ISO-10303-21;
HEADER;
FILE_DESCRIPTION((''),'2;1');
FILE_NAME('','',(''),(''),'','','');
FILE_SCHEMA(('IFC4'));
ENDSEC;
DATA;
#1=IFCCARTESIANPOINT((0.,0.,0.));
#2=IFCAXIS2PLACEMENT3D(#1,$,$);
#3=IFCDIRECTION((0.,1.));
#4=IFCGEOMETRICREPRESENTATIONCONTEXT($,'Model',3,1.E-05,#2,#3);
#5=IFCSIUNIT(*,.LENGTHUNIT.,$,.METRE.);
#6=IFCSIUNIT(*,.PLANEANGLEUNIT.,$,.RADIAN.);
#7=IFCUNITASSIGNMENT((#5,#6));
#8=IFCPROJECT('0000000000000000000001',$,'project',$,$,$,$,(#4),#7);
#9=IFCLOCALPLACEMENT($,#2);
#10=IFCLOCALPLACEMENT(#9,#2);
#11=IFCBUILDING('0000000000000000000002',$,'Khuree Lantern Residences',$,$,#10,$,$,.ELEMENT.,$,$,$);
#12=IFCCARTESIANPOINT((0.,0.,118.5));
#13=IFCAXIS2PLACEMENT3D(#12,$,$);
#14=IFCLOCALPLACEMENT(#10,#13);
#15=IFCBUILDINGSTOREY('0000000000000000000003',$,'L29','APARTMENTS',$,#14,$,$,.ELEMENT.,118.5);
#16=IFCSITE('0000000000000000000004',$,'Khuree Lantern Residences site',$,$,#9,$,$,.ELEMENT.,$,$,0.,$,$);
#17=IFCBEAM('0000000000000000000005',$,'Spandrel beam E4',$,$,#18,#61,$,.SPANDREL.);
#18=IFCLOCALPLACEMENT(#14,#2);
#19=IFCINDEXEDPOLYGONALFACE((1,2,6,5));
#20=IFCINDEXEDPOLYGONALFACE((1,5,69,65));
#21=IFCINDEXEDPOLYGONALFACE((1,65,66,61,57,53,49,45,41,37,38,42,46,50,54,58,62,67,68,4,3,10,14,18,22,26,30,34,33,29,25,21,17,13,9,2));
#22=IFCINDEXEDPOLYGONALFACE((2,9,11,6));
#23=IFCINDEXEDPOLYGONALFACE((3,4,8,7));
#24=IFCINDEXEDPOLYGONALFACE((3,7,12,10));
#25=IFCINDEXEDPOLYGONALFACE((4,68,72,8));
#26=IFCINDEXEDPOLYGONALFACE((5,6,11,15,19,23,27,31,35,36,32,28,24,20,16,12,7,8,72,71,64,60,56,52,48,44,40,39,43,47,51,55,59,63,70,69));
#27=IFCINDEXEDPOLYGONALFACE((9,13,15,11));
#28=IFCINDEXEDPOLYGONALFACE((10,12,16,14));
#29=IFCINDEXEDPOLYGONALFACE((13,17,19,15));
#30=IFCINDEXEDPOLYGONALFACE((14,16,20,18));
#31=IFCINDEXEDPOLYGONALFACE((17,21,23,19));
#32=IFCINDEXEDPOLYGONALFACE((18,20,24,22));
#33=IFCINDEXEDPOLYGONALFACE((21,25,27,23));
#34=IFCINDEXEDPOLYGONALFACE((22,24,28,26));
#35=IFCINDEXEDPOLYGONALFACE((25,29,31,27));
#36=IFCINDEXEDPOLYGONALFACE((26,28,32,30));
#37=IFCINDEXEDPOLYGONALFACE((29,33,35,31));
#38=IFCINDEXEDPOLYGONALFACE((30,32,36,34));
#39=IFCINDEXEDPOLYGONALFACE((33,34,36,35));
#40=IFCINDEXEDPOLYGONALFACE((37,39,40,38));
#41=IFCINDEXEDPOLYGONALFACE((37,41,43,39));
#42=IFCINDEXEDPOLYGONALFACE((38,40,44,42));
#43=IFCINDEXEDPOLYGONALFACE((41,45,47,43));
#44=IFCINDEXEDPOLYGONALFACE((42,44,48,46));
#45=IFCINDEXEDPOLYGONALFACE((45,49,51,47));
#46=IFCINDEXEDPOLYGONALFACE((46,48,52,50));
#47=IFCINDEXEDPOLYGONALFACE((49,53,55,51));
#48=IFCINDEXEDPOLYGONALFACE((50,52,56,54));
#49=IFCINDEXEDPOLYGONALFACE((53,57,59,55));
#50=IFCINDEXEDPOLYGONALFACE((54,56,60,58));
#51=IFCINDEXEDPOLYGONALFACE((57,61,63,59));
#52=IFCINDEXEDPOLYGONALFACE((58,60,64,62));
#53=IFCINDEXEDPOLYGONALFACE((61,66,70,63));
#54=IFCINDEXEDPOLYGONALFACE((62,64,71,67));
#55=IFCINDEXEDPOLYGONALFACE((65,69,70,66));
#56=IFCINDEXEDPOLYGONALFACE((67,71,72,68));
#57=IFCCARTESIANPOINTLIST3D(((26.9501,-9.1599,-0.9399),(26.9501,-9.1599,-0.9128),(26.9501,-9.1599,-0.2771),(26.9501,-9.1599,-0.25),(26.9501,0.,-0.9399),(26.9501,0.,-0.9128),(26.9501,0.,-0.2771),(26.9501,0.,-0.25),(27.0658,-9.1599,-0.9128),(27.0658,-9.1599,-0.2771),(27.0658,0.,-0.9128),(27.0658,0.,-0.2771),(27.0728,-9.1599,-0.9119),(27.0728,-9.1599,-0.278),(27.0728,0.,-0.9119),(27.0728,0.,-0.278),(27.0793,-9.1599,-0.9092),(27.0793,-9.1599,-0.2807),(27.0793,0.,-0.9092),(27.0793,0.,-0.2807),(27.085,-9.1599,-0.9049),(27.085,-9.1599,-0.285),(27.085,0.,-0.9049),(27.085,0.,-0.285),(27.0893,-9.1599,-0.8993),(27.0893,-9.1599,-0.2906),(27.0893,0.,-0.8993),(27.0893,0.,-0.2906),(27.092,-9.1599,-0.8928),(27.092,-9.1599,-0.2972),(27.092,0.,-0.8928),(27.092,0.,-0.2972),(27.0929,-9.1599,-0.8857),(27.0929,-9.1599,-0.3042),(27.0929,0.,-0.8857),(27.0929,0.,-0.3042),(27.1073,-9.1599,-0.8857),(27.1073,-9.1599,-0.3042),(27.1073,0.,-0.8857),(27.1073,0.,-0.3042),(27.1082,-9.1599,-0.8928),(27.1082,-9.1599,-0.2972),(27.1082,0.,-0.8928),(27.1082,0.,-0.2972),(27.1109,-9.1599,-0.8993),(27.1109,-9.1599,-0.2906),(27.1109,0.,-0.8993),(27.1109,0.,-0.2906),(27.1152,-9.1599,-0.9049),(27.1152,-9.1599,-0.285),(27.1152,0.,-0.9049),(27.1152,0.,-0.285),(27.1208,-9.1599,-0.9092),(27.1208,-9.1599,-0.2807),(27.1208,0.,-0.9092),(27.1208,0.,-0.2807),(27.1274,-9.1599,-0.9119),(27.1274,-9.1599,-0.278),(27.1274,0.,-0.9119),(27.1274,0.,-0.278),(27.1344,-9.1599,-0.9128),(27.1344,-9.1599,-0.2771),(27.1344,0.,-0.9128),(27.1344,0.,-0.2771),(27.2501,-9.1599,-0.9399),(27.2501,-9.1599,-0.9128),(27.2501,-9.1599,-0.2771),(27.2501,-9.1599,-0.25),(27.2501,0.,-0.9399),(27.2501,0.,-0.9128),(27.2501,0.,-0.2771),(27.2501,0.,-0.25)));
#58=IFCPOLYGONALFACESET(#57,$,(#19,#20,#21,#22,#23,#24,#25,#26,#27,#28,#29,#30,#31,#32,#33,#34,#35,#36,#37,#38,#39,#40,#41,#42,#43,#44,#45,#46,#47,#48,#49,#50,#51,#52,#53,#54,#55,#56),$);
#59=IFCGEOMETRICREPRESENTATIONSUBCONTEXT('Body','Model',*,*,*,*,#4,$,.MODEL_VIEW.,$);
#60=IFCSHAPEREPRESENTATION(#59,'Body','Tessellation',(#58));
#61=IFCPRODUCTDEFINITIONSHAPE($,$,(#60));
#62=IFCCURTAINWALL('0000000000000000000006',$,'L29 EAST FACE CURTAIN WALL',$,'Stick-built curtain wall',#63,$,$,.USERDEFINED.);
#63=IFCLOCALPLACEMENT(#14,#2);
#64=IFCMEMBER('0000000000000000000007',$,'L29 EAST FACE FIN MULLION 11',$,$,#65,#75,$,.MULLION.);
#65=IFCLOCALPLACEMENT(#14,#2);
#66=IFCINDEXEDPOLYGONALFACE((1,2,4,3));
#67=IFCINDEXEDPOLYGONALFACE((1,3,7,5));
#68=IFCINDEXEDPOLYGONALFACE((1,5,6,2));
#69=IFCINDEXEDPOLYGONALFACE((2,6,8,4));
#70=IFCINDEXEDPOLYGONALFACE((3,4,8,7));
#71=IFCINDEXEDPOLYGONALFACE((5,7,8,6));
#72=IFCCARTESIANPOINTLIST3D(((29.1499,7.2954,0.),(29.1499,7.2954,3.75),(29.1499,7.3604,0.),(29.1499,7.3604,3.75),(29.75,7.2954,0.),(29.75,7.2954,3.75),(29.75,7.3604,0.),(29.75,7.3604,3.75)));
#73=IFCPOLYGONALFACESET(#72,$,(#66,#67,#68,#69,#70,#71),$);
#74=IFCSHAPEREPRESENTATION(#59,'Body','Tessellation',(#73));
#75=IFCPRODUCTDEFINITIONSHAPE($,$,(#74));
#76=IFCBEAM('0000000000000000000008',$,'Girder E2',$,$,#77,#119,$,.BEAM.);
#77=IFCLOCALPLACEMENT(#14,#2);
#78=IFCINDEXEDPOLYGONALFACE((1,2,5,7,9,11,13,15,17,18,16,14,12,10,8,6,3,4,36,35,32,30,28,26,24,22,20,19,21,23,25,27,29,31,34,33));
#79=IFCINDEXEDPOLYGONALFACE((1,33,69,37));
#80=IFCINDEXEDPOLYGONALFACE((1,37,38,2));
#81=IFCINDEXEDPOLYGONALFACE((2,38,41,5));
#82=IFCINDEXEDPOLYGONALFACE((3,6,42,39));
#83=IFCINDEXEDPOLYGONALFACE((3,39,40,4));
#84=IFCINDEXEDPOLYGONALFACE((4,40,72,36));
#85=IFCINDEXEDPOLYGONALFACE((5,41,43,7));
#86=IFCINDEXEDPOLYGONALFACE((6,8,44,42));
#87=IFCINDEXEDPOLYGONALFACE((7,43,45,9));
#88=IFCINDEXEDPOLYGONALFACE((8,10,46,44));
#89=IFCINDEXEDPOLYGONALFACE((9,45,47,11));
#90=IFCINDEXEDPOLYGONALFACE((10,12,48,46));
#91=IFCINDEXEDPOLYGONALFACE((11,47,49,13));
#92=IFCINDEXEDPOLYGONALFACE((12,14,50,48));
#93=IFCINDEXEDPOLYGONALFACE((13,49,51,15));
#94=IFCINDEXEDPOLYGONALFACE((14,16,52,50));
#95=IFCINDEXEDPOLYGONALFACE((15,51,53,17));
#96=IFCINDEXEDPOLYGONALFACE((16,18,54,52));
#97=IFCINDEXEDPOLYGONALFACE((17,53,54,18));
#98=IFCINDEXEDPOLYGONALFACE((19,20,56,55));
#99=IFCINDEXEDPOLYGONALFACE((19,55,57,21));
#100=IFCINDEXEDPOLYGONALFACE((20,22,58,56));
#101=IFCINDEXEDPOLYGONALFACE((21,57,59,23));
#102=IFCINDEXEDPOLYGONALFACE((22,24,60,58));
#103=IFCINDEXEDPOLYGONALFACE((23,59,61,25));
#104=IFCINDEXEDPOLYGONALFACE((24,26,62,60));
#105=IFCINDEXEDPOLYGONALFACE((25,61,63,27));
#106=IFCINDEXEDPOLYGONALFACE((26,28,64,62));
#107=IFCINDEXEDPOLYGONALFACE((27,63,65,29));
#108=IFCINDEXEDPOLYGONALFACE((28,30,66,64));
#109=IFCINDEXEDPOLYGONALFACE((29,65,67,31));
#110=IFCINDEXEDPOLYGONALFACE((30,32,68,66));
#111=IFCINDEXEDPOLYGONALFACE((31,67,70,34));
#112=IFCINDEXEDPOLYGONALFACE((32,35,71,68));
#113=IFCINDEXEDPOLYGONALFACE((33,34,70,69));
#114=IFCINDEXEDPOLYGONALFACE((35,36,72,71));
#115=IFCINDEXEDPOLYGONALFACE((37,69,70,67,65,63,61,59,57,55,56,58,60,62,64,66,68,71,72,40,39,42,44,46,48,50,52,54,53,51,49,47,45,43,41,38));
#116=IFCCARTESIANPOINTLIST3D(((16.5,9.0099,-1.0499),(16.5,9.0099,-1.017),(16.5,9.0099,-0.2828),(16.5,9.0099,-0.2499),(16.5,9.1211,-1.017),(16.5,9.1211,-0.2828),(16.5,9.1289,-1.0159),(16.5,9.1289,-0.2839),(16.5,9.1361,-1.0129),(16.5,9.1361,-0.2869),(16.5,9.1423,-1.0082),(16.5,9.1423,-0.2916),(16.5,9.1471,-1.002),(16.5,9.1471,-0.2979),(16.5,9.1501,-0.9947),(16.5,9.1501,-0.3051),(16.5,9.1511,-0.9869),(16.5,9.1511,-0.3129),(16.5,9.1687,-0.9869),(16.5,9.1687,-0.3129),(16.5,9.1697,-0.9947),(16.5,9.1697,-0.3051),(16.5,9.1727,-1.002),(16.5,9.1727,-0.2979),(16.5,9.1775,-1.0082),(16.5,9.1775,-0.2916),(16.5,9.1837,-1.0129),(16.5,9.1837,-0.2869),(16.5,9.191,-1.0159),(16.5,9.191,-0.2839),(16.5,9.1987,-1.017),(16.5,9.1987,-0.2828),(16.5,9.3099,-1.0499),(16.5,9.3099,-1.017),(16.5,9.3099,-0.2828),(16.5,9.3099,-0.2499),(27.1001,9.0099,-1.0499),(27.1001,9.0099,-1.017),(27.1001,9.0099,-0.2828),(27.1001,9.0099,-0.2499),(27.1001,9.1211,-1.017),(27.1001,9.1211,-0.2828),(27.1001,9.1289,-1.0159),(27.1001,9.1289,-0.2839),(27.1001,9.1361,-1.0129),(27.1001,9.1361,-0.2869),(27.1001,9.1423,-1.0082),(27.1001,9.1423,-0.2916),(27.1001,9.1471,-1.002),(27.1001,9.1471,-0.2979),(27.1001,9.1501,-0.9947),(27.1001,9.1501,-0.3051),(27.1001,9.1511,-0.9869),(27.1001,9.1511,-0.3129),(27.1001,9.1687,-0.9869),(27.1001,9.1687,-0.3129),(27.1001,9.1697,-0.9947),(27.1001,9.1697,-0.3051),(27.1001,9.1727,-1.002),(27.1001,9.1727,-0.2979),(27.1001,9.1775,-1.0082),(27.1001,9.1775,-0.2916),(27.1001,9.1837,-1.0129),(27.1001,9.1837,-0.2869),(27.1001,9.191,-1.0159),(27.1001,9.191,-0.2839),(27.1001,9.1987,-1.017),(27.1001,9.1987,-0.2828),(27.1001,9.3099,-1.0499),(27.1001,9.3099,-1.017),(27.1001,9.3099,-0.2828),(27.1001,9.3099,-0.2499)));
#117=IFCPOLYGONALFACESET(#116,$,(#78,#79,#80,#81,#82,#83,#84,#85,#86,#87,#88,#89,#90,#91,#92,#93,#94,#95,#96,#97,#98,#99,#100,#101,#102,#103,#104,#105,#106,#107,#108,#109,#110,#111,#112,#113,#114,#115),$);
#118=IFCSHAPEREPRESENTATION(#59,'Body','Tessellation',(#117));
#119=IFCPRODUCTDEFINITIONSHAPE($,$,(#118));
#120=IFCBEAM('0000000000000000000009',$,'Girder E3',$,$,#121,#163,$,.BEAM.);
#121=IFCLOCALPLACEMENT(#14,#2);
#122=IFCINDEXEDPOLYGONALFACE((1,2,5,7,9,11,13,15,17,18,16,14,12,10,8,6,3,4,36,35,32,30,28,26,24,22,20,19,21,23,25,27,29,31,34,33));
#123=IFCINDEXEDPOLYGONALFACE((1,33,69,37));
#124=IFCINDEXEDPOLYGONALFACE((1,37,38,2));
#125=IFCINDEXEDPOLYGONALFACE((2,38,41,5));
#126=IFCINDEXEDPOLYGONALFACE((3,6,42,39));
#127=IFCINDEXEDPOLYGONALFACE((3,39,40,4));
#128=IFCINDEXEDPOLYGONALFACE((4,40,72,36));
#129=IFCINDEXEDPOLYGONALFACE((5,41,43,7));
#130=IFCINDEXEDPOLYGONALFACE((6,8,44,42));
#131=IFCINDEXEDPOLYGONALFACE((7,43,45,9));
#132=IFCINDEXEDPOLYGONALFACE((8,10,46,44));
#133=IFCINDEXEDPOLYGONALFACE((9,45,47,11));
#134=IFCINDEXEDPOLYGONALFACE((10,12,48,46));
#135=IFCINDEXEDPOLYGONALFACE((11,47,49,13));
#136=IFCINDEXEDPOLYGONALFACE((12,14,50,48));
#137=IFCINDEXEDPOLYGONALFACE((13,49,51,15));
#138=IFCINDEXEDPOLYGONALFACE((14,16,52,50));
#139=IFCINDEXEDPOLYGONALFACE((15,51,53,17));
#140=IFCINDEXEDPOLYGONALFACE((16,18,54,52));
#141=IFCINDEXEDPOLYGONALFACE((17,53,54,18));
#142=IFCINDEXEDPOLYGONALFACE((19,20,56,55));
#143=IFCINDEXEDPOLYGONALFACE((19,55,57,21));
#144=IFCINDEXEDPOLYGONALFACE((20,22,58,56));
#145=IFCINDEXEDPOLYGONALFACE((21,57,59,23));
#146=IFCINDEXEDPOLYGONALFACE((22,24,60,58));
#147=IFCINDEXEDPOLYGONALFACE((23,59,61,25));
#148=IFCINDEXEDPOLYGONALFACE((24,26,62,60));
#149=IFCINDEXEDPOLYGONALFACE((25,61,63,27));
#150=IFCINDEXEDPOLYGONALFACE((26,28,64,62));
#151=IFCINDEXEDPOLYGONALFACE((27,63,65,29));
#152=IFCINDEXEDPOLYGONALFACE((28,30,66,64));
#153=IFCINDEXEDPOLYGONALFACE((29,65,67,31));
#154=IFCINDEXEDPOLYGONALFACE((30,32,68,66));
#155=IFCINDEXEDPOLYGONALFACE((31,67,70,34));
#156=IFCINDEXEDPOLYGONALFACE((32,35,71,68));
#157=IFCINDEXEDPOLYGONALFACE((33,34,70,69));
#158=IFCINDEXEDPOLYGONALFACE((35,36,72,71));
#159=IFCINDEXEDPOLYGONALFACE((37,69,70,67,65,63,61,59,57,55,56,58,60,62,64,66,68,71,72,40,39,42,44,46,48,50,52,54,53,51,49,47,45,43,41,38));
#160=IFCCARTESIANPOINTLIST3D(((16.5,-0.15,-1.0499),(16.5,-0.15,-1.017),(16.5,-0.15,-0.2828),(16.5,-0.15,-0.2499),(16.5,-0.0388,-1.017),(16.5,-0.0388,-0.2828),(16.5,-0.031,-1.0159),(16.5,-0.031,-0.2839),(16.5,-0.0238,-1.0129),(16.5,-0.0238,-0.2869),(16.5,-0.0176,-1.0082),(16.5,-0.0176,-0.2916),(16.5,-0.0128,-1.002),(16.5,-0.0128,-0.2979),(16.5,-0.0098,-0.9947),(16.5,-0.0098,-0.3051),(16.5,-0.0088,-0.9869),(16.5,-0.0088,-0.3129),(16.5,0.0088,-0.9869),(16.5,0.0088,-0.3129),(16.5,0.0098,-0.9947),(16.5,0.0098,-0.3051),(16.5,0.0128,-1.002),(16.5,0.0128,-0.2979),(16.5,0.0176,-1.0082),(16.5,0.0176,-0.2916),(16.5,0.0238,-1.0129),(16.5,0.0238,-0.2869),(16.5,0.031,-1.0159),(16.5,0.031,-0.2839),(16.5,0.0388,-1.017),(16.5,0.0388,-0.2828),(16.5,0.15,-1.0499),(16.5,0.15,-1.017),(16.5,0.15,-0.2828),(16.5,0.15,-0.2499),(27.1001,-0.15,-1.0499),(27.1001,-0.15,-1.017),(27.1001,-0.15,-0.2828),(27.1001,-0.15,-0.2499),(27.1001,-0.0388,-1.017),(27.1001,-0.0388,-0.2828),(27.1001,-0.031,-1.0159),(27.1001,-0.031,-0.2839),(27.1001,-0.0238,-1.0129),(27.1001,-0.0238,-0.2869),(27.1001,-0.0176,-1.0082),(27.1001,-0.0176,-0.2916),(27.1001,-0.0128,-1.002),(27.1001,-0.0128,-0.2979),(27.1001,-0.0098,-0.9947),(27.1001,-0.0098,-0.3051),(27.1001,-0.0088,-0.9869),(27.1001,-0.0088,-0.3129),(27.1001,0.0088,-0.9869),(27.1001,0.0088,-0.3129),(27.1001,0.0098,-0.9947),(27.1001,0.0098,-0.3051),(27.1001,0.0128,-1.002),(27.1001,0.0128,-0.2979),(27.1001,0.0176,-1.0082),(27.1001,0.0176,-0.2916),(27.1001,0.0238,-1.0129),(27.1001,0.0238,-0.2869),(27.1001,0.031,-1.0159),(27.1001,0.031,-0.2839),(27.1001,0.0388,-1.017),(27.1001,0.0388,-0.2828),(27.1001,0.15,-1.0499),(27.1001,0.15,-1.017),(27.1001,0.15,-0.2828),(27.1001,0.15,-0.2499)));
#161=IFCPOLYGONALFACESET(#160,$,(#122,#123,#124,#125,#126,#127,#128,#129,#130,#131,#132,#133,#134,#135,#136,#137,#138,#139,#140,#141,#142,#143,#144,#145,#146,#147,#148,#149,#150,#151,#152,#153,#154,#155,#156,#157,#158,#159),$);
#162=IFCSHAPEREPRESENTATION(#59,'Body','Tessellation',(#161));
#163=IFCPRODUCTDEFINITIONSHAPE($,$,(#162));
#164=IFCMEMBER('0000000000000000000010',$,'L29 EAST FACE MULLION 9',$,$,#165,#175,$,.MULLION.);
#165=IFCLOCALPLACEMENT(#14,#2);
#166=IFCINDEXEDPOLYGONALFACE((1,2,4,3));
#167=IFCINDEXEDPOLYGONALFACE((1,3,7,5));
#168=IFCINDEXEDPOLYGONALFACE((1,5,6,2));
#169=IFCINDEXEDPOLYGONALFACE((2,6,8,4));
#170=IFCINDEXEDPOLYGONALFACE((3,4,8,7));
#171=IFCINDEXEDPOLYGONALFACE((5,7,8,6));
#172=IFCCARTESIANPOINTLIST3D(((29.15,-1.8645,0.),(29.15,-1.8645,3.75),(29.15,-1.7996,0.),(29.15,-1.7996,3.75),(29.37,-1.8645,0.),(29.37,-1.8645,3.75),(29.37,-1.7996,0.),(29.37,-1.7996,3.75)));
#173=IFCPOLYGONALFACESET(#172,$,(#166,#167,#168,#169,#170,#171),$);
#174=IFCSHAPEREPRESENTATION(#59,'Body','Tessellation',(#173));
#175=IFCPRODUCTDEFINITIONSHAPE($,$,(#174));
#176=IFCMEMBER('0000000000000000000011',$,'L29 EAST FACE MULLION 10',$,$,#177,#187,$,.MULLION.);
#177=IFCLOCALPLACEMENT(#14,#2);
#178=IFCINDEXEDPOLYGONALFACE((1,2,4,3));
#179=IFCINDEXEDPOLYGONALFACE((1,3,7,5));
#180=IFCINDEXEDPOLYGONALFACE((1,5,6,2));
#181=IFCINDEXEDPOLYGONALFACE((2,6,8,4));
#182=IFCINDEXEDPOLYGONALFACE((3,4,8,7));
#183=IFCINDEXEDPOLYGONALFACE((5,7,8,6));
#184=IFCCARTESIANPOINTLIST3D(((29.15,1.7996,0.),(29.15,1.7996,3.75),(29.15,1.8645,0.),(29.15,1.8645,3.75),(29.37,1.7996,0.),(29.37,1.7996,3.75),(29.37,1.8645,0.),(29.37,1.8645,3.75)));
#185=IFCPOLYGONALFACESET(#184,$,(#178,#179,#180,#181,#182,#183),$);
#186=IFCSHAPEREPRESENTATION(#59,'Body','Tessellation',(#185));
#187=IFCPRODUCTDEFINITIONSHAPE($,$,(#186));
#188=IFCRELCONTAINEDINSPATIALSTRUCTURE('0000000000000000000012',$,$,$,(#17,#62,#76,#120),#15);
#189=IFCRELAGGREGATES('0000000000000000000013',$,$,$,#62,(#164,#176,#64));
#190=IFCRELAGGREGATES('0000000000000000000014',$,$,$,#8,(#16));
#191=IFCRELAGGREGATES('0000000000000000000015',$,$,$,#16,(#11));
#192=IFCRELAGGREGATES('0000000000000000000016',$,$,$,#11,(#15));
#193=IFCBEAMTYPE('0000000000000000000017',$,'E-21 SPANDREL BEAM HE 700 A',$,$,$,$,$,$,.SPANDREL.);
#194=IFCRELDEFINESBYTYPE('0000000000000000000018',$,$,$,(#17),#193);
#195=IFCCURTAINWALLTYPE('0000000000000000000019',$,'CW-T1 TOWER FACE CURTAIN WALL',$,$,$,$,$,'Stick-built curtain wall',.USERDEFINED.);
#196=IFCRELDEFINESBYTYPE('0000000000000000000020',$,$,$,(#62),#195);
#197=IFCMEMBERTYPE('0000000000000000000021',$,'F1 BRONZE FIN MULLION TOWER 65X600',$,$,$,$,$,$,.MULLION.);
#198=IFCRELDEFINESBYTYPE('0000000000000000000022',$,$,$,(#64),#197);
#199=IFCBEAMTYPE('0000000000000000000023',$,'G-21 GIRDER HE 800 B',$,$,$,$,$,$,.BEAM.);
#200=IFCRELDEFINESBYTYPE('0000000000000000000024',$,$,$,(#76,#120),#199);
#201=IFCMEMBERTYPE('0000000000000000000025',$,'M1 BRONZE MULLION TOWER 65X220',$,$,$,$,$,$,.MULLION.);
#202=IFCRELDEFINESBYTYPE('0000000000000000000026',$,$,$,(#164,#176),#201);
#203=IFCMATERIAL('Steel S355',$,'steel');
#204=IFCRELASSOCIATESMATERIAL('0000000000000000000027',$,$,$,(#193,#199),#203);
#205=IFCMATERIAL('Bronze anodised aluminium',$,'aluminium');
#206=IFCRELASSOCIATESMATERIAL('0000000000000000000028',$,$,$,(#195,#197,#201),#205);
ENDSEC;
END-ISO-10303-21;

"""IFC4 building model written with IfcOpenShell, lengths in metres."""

from ifc_helpers import new_model, si_unit, direction, frame, origin, origin_2d, place, context, subcontext, project, spatial, rectangle, i_section, extrude, material, material_profile, profile_set, type_object, element, aggregate, save


model = new_model("IFC4")

# Units and contexts
model_context = context("Model", 3, precision=1e-05, world=origin(), true_north=direction((0.0, 1.0)))
body_context = subcontext(model_context, "Body", "Model", "MODEL_VIEW")
ifc_project = project(units=[si_unit("LENGTHUNIT", "METRE"), si_unit("PLANEANGLEUNIT", "RADIAN")], contexts=[model_context])

# Site, building, storey
site_placement = place(None, origin())
site = spatial("IfcSite", under=ifc_project, at=site_placement, Name="Khuree Lantern Residences site", CompositionType="ELEMENT", RefElevation=0.0)
building_placement = place(site_placement, origin())
building = spatial("IfcBuilding", under=site, at=building_placement, Name="Khuree Lantern Residences", CompositionType="ELEMENT")
storey_placement = place(building_placement, frame((0.0, 0.0, 118.5)))
storey = spatial("IfcBuildingStorey", under=building, at=storey_placement, Name="L29", Description="APARTMENTS", CompositionType="ELEMENT", Elevation=118.5)

# Beam
ifc_material_1 = material(Name="Steel S355", Category="steel")
ifc_material_profile_1 = material_profile(ifc_material_1, i_section(OverallWidth=0.3, OverallDepth=0.6899, WebThickness=0.0144, FlangeThickness=0.0271, FilletRadius=0.0271, at=origin_2d()), Name="HE 700 A")
ifc_profile_set_1 = profile_set([ifc_material_profile_1], Name="Steel S355")
beam_type_1 = type_object("IfcBeamType", Name="E-21 SPANDREL BEAM HE 700 A", PredefinedType="SPANDREL", material=ifc_profile_set_1)
for number, where, z_axis, x_axis, name in (
    (1, (27.1001, 0.0, -0.595), (0.0, -1.0, 0.0), (1.0, 0.0, 0.0), "Spandrel beam E4"),
):
    element("IfcBeam", number, at=place(storey_placement, frame(where, z_axis=z_axis, x_axis=x_axis)), inside=storey, type_object=beam_type_1, Name=name, PredefinedType="SPANDREL", context=body_context, shape_type="SweptSolid", body=[
        extrude(i_section(OverallWidth=0.3, OverallDepth=0.6899, WebThickness=0.0144, FlangeThickness=0.0271, FilletRadius=0.0271, at=origin_2d()), origin(), (0.0, 0.0, 1.0), 9.1599),
    ])

# Curtain wall, member
ifc_material_2 = material(Name="Bronze anodised aluminium", Category="aluminium")
curtain_wall_type = type_object("IfcCurtainWallType", Name="CW-T1 TOWER FACE CURTAIN WALL", ElementType="Stick-built curtain wall", PredefinedType="USERDEFINED", material=ifc_material_2)
curtain_wall_placement = place(storey_placement, origin())
curtain_wall = element("IfcCurtainWall", 2, at=curtain_wall_placement, inside=storey, type_object=curtain_wall_type, Name="L29 EAST FACE CURTAIN WALL", ObjectType="Stick-built curtain wall", PredefinedType="USERDEFINED")
ifc_material_profile_2 = material_profile(ifc_material_2, rectangle(XDim=0.0649, YDim=0.6001, at=origin_2d()), Name="F1 65X600")
ifc_profile_set_2 = profile_set([ifc_material_profile_2], Name="Bronze anodised aluminium")
member_type_1 = type_object("IfcMemberType", Name="F1 BRONZE FIN MULLION TOWER 65X600", PredefinedType="MULLION", material=ifc_profile_set_2)
member_1_placement = place(storey_placement, frame((29.45, 7.3279, 0.0), z_axis=(0.0, 0.0, 1.0), x_axis=(0.0, 1.0, 0.0)))
member_1 = element("IfcMember", 3, at=member_1_placement, type_object=member_type_1, Name="L29 EAST FACE FIN MULLION 11", PredefinedType="MULLION", context=body_context, shape_type="SweptSolid", body=[
    extrude(rectangle(XDim=0.0649, YDim=0.6001, at=origin_2d()), origin(), (0.0, 0.0, 1.0), 3.75),
])

# Beams
ifc_material_profile_3 = material_profile(ifc_material_1, i_section(OverallWidth=0.3, OverallDepth=0.8, WebThickness=0.0176, FlangeThickness=0.033, FilletRadius=0.03, at=origin_2d()), Name="HE 800 B")
ifc_profile_set_3 = profile_set([ifc_material_profile_3], Name="Steel S355")
beam_type_2 = type_object("IfcBeamType", Name="G-21 GIRDER HE 800 B", PredefinedType="BEAM", material=ifc_profile_set_3)
for number, where, z_axis, x_axis, name in (
    (4, (27.1001, 9.1599, -0.6499), (-1.0, 0.0, 0.0), (0.0, -1.0, 0.0), "Girder E2"),
    (5, (27.1001, 0.0, -0.6499), (-1.0, 0.0, 0.0), (0.0, -1.0, 0.0), "Girder E3"),
):
    element("IfcBeam", number, at=place(storey_placement, frame(where, z_axis=z_axis, x_axis=x_axis)), inside=storey, type_object=beam_type_2, Name=name, PredefinedType="BEAM", context=body_context, shape_type="SweptSolid", body=[
        extrude(i_section(OverallWidth=0.3, OverallDepth=0.8, WebThickness=0.0176, FlangeThickness=0.033, FilletRadius=0.03, at=origin_2d()), origin(), (0.0, 0.0, 1.0), 10.6001),
    ])

# Members
ifc_material_profile_4 = material_profile(ifc_material_2, rectangle(XDim=0.0649, YDim=0.22, at=origin_2d()), Name="M1 65X220")
ifc_profile_set_4 = profile_set([ifc_material_profile_4], Name="Bronze anodised aluminium")
member_type_2 = type_object("IfcMemberType", Name="M1 BRONZE MULLION TOWER 65X220", PredefinedType="MULLION", material=ifc_profile_set_4)
member_2_placement = place(storey_placement, frame((29.26, -1.832, 0.0), z_axis=(0.0, 0.0, 1.0), x_axis=(0.0, 1.0, 0.0)))
member_2 = element("IfcMember", 6, at=member_2_placement, type_object=member_type_2, Name="L29 EAST FACE MULLION 9", PredefinedType="MULLION", context=body_context, shape_type="SweptSolid", body=[
    extrude(rectangle(XDim=0.0649, YDim=0.22, at=origin_2d()), origin(), (0.0, 0.0, 1.0), 3.75),
])
member_3_placement = place(storey_placement, frame((29.26, 1.832, 0.0), z_axis=(0.0, 0.0, 1.0), x_axis=(0.0, 1.0, 0.0)))
member_3 = element("IfcMember", 7, at=member_3_placement, type_object=member_type_2, Name="L29 EAST FACE MULLION 10", PredefinedType="MULLION", context=body_context, shape_type="SweptSolid", body=[
    extrude(rectangle(XDim=0.0649, YDim=0.22, at=origin_2d()), origin(), (0.0, 0.0, 1.0), 3.75),
])

aggregate(curtain_wall, [member_2, member_3, member_1])

save(model, "model.ifc")
